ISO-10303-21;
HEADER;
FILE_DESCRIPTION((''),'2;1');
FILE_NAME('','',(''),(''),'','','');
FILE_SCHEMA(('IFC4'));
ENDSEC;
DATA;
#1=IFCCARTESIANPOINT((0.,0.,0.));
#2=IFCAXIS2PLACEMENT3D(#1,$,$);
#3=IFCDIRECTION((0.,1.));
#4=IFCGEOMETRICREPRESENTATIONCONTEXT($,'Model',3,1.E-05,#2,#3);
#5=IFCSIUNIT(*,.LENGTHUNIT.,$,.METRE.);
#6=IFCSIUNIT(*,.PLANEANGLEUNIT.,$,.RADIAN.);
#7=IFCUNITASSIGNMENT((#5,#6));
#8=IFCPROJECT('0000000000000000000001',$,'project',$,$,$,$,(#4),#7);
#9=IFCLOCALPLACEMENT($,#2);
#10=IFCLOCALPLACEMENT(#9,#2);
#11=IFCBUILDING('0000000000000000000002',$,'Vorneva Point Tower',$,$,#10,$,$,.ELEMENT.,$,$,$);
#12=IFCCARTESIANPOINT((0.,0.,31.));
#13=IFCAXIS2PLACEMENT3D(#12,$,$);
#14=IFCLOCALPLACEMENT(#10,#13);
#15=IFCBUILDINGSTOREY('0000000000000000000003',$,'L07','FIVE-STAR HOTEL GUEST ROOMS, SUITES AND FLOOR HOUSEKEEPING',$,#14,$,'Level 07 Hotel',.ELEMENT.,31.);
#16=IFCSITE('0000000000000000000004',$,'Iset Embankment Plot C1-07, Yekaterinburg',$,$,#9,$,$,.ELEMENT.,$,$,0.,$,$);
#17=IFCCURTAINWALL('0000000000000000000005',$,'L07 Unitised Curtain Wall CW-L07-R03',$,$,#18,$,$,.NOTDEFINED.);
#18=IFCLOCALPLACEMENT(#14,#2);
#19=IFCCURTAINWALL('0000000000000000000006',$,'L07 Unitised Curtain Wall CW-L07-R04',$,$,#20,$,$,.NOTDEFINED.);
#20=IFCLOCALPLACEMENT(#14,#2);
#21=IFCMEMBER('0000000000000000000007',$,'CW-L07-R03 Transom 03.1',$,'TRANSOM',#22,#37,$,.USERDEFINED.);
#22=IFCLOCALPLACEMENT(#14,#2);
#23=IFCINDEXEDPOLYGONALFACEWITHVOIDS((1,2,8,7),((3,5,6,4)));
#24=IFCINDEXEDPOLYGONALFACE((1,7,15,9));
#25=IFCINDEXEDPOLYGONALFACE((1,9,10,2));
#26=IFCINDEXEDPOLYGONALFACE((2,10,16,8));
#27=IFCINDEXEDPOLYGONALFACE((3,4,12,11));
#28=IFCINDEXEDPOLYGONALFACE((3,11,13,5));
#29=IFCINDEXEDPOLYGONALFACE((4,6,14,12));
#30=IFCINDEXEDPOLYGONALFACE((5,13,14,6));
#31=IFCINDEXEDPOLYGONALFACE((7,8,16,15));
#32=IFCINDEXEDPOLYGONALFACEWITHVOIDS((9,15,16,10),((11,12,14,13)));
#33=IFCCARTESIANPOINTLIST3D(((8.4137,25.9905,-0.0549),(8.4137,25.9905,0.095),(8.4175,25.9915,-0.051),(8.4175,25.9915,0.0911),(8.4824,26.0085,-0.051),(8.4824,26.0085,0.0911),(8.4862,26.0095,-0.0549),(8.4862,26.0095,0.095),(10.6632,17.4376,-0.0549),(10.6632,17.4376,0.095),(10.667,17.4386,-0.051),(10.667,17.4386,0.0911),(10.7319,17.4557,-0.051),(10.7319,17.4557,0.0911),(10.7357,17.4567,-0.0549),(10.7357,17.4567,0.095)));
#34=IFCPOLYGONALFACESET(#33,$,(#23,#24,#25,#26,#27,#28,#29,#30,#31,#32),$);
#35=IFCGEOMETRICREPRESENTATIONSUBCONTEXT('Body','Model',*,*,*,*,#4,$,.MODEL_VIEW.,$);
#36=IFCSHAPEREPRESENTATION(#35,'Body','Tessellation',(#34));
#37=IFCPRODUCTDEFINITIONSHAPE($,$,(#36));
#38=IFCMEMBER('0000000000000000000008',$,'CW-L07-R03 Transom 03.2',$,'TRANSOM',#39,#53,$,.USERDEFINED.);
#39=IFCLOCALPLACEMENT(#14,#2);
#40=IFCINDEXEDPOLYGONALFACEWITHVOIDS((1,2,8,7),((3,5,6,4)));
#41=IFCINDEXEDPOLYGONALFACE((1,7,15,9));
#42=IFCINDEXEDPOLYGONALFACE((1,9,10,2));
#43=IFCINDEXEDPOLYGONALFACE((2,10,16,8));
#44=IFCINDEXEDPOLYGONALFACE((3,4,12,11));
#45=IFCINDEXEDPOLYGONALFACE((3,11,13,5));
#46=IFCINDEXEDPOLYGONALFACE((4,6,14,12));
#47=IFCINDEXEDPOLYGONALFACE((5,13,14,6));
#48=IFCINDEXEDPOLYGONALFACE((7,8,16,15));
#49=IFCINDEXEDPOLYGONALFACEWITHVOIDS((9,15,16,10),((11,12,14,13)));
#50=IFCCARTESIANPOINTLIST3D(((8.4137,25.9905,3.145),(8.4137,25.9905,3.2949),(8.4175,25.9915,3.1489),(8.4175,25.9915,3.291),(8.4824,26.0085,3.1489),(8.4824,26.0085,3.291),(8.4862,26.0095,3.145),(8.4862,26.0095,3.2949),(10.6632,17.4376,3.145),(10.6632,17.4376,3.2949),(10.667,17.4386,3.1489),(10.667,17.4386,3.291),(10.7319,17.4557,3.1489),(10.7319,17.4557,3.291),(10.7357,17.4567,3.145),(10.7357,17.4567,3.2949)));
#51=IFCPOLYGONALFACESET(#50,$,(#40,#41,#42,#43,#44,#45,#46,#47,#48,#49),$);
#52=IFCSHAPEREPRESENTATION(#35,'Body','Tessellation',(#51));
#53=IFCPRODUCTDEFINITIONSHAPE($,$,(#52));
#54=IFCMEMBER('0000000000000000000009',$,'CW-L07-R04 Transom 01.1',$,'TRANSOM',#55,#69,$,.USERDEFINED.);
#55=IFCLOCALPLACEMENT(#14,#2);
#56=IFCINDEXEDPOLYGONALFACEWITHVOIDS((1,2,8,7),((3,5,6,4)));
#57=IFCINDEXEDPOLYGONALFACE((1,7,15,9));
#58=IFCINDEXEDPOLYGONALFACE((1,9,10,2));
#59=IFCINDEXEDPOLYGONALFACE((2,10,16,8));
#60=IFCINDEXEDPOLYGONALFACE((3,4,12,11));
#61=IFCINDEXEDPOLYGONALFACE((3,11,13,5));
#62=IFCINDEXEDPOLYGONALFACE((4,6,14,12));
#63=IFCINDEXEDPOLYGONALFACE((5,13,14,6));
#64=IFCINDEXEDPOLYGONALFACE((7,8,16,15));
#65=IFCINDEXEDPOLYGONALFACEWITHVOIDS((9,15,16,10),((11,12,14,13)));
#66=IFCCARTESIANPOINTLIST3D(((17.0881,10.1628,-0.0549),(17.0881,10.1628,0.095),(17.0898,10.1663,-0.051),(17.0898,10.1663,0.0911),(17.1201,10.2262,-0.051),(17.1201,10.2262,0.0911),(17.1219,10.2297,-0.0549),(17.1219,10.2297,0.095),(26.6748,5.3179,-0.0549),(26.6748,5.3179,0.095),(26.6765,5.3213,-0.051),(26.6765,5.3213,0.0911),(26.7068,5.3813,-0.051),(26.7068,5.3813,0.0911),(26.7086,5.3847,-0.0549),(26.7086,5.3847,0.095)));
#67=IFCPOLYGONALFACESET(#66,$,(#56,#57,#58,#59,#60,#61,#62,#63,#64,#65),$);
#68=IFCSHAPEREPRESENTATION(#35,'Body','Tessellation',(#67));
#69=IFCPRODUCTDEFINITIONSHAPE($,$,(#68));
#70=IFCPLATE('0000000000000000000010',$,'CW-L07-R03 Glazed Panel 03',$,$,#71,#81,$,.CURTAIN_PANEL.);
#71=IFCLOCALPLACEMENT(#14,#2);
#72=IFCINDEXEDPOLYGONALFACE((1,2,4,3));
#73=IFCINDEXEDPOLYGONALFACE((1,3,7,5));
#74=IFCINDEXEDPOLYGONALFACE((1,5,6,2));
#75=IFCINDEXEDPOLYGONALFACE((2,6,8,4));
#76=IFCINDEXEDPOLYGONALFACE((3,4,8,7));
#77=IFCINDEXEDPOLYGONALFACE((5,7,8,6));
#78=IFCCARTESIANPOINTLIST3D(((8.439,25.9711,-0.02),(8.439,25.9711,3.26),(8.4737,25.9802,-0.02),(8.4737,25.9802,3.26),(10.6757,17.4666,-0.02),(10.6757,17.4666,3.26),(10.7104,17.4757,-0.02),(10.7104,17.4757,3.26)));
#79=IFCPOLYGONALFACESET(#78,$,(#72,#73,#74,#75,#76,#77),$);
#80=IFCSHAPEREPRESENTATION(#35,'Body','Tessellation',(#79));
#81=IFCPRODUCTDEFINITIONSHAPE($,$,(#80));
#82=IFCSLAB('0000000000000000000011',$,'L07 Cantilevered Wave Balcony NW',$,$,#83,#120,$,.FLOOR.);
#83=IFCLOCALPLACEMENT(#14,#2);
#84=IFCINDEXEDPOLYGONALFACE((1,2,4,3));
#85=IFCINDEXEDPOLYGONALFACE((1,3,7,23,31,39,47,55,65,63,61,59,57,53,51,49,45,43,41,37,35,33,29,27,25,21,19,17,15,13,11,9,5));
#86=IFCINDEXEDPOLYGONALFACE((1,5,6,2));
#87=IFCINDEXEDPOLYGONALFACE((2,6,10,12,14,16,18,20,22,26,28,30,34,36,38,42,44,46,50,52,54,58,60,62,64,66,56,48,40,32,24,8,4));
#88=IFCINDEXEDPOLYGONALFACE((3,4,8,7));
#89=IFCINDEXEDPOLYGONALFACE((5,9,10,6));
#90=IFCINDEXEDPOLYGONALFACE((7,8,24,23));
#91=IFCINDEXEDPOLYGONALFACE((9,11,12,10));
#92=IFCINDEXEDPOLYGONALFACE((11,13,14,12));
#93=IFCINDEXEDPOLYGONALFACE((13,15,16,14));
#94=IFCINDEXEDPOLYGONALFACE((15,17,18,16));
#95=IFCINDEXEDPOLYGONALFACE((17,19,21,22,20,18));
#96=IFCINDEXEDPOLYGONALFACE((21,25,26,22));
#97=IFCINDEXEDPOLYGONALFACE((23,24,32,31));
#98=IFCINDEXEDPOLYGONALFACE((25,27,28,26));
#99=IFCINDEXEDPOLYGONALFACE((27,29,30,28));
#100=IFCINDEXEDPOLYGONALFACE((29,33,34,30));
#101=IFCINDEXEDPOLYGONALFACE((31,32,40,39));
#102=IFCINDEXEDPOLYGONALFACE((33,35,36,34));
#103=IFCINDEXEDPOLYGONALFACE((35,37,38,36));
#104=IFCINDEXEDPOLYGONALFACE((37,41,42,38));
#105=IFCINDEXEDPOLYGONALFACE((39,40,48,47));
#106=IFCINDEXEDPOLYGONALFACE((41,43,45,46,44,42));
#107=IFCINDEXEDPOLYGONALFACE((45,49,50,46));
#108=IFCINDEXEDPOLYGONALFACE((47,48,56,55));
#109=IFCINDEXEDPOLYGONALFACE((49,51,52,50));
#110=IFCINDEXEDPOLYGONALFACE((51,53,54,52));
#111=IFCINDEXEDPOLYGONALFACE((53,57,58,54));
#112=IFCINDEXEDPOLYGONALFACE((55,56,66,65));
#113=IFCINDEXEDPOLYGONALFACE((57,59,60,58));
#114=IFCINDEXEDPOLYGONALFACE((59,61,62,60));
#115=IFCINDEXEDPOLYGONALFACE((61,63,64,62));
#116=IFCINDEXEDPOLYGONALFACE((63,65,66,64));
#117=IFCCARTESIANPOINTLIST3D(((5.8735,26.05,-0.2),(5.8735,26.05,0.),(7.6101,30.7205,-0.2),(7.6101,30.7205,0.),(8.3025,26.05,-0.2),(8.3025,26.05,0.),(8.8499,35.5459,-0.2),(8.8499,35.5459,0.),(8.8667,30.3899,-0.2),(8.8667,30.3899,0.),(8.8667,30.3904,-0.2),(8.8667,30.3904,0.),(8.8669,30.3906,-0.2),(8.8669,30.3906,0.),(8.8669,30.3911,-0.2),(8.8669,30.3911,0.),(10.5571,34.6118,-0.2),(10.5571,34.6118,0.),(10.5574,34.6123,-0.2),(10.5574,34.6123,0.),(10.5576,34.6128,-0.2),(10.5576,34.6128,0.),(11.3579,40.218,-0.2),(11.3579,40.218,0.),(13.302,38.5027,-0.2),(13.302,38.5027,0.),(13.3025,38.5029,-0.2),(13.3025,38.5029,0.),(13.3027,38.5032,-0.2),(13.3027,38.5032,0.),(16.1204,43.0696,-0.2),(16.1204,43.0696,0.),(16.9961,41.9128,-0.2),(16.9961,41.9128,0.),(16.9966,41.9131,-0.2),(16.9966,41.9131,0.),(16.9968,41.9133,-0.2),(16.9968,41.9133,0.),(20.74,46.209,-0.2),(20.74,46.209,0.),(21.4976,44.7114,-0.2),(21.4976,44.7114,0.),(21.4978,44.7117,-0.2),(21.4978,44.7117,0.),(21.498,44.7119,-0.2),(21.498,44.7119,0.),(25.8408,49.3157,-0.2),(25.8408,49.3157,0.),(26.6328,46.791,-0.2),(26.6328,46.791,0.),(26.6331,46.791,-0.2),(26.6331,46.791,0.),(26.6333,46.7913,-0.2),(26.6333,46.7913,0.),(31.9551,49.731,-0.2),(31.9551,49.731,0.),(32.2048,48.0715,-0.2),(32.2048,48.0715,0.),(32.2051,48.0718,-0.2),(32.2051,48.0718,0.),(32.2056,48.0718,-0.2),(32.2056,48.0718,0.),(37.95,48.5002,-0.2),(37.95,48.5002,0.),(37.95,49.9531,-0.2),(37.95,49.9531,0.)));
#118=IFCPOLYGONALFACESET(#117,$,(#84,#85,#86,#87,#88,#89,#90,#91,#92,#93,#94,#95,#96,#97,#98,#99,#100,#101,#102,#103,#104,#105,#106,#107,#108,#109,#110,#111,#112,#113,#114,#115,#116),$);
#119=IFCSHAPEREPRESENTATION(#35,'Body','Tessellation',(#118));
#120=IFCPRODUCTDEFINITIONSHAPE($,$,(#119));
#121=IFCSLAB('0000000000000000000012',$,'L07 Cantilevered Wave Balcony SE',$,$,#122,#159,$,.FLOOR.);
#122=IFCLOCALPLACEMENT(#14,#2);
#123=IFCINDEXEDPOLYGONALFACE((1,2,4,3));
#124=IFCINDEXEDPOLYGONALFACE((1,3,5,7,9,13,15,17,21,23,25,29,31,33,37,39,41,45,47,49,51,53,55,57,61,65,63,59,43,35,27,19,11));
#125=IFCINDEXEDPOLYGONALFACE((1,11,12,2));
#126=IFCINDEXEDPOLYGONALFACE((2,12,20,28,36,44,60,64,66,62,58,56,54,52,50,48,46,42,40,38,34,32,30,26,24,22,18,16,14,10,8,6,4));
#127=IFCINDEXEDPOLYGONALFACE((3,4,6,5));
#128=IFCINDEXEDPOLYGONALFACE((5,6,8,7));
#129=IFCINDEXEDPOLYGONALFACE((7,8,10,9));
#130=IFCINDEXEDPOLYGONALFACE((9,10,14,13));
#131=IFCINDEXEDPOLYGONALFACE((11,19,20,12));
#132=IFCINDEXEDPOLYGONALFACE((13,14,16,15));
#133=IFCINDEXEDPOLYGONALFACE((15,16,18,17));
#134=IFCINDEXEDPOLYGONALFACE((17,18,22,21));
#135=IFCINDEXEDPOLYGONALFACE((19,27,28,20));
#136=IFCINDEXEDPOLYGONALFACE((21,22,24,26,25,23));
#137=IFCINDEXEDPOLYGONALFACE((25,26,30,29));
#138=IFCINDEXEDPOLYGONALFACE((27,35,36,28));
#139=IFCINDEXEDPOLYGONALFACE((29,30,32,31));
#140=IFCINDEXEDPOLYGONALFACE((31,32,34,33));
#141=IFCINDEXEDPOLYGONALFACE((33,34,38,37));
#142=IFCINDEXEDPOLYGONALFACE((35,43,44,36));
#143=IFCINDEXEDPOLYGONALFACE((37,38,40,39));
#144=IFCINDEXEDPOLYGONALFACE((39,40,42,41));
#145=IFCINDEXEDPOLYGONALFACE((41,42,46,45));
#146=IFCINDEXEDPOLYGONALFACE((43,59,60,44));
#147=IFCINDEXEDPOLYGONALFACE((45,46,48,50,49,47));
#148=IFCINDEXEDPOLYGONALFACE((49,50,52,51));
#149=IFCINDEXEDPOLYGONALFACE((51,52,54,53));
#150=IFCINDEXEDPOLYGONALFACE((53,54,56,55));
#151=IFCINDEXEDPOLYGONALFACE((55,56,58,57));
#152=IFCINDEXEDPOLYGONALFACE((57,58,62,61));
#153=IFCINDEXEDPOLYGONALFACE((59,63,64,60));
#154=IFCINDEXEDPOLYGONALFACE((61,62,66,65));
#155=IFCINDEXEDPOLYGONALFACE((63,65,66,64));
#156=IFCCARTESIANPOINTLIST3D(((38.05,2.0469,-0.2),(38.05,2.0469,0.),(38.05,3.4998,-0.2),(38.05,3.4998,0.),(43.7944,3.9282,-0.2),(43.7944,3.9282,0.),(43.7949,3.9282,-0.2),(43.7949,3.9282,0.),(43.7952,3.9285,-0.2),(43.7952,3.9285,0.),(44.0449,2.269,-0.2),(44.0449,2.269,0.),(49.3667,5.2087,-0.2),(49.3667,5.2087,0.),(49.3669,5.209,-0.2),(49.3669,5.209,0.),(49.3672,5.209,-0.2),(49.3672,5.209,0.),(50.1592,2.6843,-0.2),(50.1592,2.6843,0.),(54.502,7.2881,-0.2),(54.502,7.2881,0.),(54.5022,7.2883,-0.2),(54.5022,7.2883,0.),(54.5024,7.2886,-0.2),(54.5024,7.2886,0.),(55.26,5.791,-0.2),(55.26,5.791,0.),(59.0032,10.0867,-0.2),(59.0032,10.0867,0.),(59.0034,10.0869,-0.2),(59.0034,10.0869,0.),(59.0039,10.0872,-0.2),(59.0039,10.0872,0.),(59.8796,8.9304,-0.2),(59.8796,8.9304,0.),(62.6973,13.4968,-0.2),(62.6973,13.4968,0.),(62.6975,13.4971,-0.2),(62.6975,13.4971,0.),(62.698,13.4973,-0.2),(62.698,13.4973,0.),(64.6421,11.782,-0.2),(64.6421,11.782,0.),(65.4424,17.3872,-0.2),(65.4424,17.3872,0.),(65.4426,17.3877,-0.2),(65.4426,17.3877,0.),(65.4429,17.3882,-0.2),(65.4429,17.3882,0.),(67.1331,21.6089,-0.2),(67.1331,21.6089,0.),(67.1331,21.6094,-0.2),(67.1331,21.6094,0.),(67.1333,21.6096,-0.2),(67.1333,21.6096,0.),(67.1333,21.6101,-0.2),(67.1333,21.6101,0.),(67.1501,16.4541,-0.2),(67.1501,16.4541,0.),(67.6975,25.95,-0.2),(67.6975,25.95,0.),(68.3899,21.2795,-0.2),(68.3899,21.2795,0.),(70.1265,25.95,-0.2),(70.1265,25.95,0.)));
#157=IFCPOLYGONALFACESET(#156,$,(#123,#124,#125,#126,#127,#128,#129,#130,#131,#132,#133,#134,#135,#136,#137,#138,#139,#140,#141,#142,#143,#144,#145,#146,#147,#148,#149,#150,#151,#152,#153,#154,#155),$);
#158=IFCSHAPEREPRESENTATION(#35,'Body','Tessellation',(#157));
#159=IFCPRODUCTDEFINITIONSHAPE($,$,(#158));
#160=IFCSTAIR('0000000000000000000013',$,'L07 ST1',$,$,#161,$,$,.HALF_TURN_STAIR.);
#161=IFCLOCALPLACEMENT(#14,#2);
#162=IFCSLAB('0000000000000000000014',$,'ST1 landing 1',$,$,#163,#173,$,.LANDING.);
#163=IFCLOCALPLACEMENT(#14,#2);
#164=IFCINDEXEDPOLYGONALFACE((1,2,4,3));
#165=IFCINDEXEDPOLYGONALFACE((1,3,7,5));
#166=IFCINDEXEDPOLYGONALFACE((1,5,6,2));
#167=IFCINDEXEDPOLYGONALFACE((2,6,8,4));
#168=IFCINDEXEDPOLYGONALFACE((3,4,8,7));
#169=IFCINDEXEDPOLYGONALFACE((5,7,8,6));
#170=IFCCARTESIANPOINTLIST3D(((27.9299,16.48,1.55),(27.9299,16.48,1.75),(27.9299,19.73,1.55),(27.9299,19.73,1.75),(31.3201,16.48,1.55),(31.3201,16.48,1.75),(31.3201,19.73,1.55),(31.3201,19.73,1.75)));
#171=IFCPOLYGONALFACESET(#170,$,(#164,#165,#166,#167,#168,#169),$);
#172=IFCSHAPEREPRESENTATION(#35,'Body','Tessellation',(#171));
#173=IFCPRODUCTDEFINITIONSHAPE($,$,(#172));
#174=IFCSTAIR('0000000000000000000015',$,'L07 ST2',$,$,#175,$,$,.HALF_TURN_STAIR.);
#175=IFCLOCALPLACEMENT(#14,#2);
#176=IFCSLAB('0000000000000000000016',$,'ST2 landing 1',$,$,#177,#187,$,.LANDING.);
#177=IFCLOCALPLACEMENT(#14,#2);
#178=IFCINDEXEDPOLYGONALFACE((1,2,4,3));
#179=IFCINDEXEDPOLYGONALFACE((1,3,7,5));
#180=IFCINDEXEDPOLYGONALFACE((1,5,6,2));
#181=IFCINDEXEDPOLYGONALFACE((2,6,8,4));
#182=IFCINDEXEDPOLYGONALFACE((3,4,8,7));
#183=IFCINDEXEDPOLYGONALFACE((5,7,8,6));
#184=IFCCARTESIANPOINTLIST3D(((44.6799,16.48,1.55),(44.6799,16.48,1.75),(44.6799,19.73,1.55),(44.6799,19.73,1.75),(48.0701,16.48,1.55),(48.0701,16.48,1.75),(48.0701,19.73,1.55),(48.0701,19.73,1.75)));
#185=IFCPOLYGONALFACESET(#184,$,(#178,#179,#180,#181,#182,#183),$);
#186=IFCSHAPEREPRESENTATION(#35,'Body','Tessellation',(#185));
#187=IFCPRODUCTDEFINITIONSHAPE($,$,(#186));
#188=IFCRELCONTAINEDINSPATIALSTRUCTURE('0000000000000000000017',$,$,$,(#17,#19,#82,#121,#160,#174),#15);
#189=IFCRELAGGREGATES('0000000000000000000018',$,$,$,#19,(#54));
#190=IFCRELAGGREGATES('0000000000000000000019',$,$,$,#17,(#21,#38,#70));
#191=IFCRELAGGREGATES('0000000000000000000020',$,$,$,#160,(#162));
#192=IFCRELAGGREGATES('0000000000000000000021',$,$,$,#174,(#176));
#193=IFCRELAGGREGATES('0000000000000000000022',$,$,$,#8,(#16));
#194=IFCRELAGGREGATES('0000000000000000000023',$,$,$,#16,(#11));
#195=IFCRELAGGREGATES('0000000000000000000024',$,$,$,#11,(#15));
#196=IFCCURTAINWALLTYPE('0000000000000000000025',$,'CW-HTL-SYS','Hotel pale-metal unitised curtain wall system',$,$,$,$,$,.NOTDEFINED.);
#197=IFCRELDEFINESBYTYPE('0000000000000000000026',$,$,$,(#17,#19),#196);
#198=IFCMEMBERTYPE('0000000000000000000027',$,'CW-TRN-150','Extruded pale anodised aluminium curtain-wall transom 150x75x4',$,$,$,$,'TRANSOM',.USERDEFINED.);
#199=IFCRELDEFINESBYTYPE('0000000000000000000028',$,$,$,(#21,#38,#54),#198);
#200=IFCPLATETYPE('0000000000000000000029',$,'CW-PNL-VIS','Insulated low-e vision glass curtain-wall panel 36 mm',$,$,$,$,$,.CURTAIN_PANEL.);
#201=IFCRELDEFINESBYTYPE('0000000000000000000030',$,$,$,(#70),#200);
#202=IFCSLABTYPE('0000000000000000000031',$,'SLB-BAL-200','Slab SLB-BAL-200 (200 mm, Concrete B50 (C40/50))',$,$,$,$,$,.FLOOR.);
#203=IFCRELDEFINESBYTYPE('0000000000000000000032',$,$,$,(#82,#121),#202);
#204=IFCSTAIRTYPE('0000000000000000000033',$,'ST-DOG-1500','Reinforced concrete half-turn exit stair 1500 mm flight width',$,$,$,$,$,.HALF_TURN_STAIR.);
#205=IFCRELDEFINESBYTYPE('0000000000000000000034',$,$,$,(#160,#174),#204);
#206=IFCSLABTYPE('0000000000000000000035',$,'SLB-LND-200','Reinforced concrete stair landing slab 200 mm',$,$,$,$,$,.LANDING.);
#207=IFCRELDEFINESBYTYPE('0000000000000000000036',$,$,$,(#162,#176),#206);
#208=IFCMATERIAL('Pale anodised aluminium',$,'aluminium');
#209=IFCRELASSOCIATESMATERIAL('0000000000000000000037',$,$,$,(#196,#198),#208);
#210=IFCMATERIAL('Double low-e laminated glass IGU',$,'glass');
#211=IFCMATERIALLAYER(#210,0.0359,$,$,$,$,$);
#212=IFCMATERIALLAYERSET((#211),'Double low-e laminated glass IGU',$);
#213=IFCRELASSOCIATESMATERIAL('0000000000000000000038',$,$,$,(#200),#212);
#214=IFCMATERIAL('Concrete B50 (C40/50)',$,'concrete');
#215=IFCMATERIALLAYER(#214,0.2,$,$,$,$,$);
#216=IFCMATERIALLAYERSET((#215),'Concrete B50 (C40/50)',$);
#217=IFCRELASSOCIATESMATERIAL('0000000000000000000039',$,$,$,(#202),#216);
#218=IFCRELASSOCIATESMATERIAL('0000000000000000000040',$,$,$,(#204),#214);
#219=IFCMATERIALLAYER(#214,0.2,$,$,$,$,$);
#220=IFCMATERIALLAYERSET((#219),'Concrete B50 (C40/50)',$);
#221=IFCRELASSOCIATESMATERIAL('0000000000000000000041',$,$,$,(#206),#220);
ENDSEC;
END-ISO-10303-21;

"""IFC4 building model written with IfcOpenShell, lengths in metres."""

from ifc_helpers import new_model, si_unit, direction, frame, origin, origin_2d, place, context, subcontext, project, spatial, polyline, rectangle, hollow_rectangle, outline, extrude, material, layer, layer_set, material_profile, profile_set, type_object, element, aggregate, save


model = new_model("IFC4")

# Units and contexts
model_context = context("Model", 3, precision=1e-05, world=origin(), true_north=direction((0.0, 1.0)))
body_context = subcontext(model_context, "Body", "Model", "MODEL_VIEW")
ifc_project = project(units=[si_unit("LENGTHUNIT", "METRE"), si_unit("PLANEANGLEUNIT", "RADIAN")], contexts=[model_context])

# Site, building, storey
site_placement = place(None, origin())
site = spatial("IfcSite", under=ifc_project, at=site_placement, Name="Iset Embankment Plot C1-07, Yekaterinburg", CompositionType="ELEMENT", RefElevation=0.0)
building_placement = place(site_placement, origin())
building = spatial("IfcBuilding", under=site, at=building_placement, Name="Vorneva Point Tower", CompositionType="ELEMENT")
storey_placement = place(building_placement, frame((0.0, 0.0, 31.0)))
storey = spatial("IfcBuildingStorey", under=building, at=storey_placement, Name="L07", Description="FIVE-STAR HOTEL GUEST ROOMS, SUITES AND FLOOR HOUSEKEEPING", LongName="Level 07 Hotel", CompositionType="ELEMENT", Elevation=31.0)

# Curtain wall
ifc_material_1 = material(Name="Pale anodised aluminium", Category="aluminium")
curtain_wall_type = type_object("IfcCurtainWallType", Name="CW-HTL-SYS", Description="Hotel pale-metal unitised curtain wall system", PredefinedType="NOTDEFINED", material=ifc_material_1)
curtain_wall_1_placement = place(storey_placement, origin())
curtain_wall_1 = element("IfcCurtainWall", 1, at=curtain_wall_1_placement, inside=storey, type_object=curtain_wall_type, Name="L07 Unitised Curtain Wall CW-L07-R03", PredefinedType="NOTDEFINED")

# Curtain wall
curtain_wall_2_placement = place(storey_placement, origin())
curtain_wall_2 = element("IfcCurtainWall", 2, at=curtain_wall_2_placement, inside=storey, type_object=curtain_wall_type, Name="L07 Unitised Curtain Wall CW-L07-R04", PredefinedType="NOTDEFINED")

# Members
ifc_material_profile_1 = material_profile(ifc_material_1, hollow_rectangle(XDim=0.075, YDim=0.1499, WallThickness=0.0039, at=origin_2d()), Name="AL-TRN 150x75x4")
ifc_profile_set_1 = profile_set([ifc_material_profile_1], Name="Pale anodised aluminium")
member_type_1 = type_object("IfcMemberType", Name="CW-TRN-150", Description="Extruded pale anodised aluminium curtain-wall transom 150x75x4", ElementType="TRANSOM", PredefinedType="USERDEFINED", material=ifc_profile_set_1)
member_1_placement = place(storey_placement, frame((8.45, 26.0, 0.02), z_axis=(0.254359, -0.96711, 0.0), x_axis=(0.96711, 0.254359, 0.0)))
member_1 = element("IfcMember", 3, at=member_1_placement, type_object=member_type_1, Name="CW-L07-R03 Transom 03.1", ObjectType="TRANSOM", PredefinedType="USERDEFINED", context=body_context, shape_type="SweptSolid", body=[
    extrude(hollow_rectangle(XDim=0.075, YDim=0.1499, WallThickness=0.0039, at=origin_2d()), origin(), (0.0, 0.0, 1.0), 8.8438),
])
member_2_placement = place(storey_placement, frame((8.45, 26.0, 3.22), z_axis=(0.254359, -0.96711, 0.0), x_axis=(0.96711, 0.254359, 0.0)))
member_2 = element("IfcMember", 4, at=member_2_placement, type_object=member_type_1, Name="CW-L07-R03 Transom 03.2", ObjectType="TRANSOM", PredefinedType="USERDEFINED", context=body_context, shape_type="SweptSolid", body=[
    extrude(hollow_rectangle(XDim=0.075, YDim=0.1499, WallThickness=0.0039, at=origin_2d()), origin(), (0.0, 0.0, 1.0), 8.8438),
])
member_3_placement = place(storey_placement, frame((17.105, 10.1963, 0.02), z_axis=(0.892496, -0.451055, 0.0), x_axis=(0.451055, 0.892496, 0.0)))
member_3 = element("IfcMember", 5, at=member_3_placement, type_object=member_type_1, Name="CW-L07-R04 Transom 01.1", ObjectType="TRANSOM", PredefinedType="USERDEFINED", context=body_context, shape_type="SweptSolid", body=[
    extrude(hollow_rectangle(XDim=0.075, YDim=0.1499, WallThickness=0.0039, at=origin_2d()), origin(), (0.0, 0.0, 1.0), 10.7415),
])
aggregate(curtain_wall_2, [member_3])

# Plate
ifc_material_2 = material(Name="Double low-e laminated glass IGU", Category="glass")
ifc_layer_1 = layer(ifc_material_2, 0.0359)
ifc_layer_set_1 = layer_set([ifc_layer_1], Name="Double low-e laminated glass IGU")
plate_type = type_object("IfcPlateType", Name="CW-PNL-VIS", Description="Insulated low-e vision glass curtain-wall panel 36 mm", PredefinedType="CURTAIN_PANEL", material=ifc_layer_set_1)
plate_placement = place(storey_placement, frame((9.5747, 21.7234, -0.02), z_axis=(0.0, 0.0, 1.0), x_axis=(0.254349, -0.967113, 0.0)))
plate = element("IfcPlate", 6, at=plate_placement, type_object=plate_type, Name="CW-L07-R03 Glazed Panel 03", PredefinedType="CURTAIN_PANEL", context=body_context, shape_type="SweptSolid", body=[
    extrude(rectangle(XDim=8.7937, YDim=0.0359, at=origin_2d()), origin(), (0.0, 0.0, 1.0), 3.28),
])
aggregate(curtain_wall_1, [member_1, member_2, plate])

# Slabs
ifc_material_3 = material(Name="Concrete B50 (C40/50)", Category="concrete")
ifc_layer_2 = layer(ifc_material_3, 0.2)
ifc_layer_set_2 = layer_set([ifc_layer_2], Name="Concrete B50 (C40/50)")
slab_type_1 = type_object("IfcSlabType", Name="SLB-BAL-200", Description="Slab SLB-BAL-200 (200 mm, Concrete B50 (C40/50))", PredefinedType="FLOOR", material=ifc_layer_set_2)
slab_1_placement = place(storey_placement, frame((0.0, 0.0, -0.2)))
element("IfcSlab", 7, at=slab_1_placement, inside=storey, type_object=slab_type_1, Name="L07 Cantilevered Wave Balcony NW", PredefinedType="FLOOR", context=body_context, shape_type="SweptSolid", body=[
    extrude(outline(polyline([(5.8735, 26.05), (8.3025, 26.05), (8.8667, 30.3899), (8.8667, 30.3904), (8.8669, 30.3906), (8.8669, 30.3911), (10.5571, 34.6118), (10.5574, 34.6123), (10.5576, 34.6128), (13.302, 38.5027), (13.3025, 38.5029), (13.3027, 38.5032), (16.9961, 41.9128), (16.9966, 41.9131), (16.9968, 41.9133), (21.4976, 44.7114), (21.4978, 44.7117), (21.498, 44.7119), (26.6328, 46.791), (26.6331, 46.791), (26.6333, 46.7913), (32.2048, 48.0715), (32.2051, 48.0718), (32.2056, 48.0718), (37.95, 48.5002), (37.95, 49.9531), (31.9551, 49.731), (25.8408, 49.3157), (20.74, 46.209), (16.1204, 43.0696), (11.3579, 40.218), (8.8499, 35.5459), (7.6101, 30.7205), (5.8735, 26.05)])), origin(), (0.0, 0.0, 1.0), 0.2),
])
slab_2_placement = place(storey_placement, frame((0.0, 0.0, -0.2)))
element("IfcSlab", 8, at=slab_2_placement, inside=storey, type_object=slab_type_1, Name="L07 Cantilevered Wave Balcony SE", PredefinedType="FLOOR", context=body_context, shape_type="SweptSolid", body=[
    extrude(outline(polyline([(68.3899, 21.2795), (70.1265, 25.95), (67.6975, 25.95), (67.1333, 21.6101), (67.1333, 21.6096), (67.1331, 21.6094), (67.1331, 21.6089), (65.4429, 17.3882), (65.4426, 17.3877), (65.4424, 17.3872), (62.698, 13.4973), (62.6975, 13.4971), (62.6973, 13.4968), (59.0039, 10.0872), (59.0034, 10.0869), (59.0032, 10.0867), (54.5024, 7.2886), (54.5022, 7.2883), (54.502, 7.2881), (49.3672, 5.209), (49.3669, 5.209), (49.3667, 5.2087), (43.7952, 3.9285), (43.7949, 3.9282), (43.7944, 3.9282), (38.05, 3.4998), (38.05, 2.0469), (44.0449, 2.269), (50.1592, 2.6843), (55.26, 5.791), (59.8796, 8.9304), (64.6421, 11.782), (67.1501, 16.4541), (68.3899, 21.2795)])), origin(), (0.0, 0.0, 1.0), 0.2),
])

# Stairs, slabs
stair_type = type_object("IfcStairType", Name="ST-DOG-1500", Description="Reinforced concrete half-turn exit stair 1500 mm flight width", PredefinedType="HALF_TURN_STAIR", material=ifc_material_3)
stair_1_placement = place(storey_placement, origin())
stair_1 = element("IfcStair", 9, at=stair_1_placement, inside=storey, type_object=stair_type, Name="L07 ST1", PredefinedType="HALF_TURN_STAIR")
ifc_layer_3 = layer(ifc_material_3, 0.2)
ifc_layer_set_3 = layer_set([ifc_layer_3], Name="Concrete B50 (C40/50)")
slab_type_2 = type_object("IfcSlabType", Name="SLB-LND-200", Description="Reinforced concrete stair landing slab 200 mm", PredefinedType="LANDING", material=ifc_layer_set_3)
slab_3_placement = place(storey_placement, frame((0.0, 0.0, 1.55)))
slab_3 = element("IfcSlab", 10, at=slab_3_placement, type_object=slab_type_2, Name="ST1 landing 1", PredefinedType="LANDING", context=body_context, shape_type="SweptSolid", body=[
    extrude(outline(polyline([(27.9299, 16.48), (31.3201, 16.48), (31.3201, 19.73), (27.9299, 19.73), (27.9299, 16.48)])), origin(), (0.0, 0.0, 1.0), 0.2),
])
aggregate(stair_1, [slab_3])
stair_2_placement = place(storey_placement, origin())
stair_2 = element("IfcStair", 11, at=stair_2_placement, inside=storey, type_object=stair_type, Name="L07 ST2", PredefinedType="HALF_TURN_STAIR")
slab_4_placement = place(storey_placement, frame((0.0, 0.0, 1.55)))
slab_4 = element("IfcSlab", 12, at=slab_4_placement, type_object=slab_type_2, Name="ST2 landing 1", PredefinedType="LANDING", context=body_context, shape_type="SweptSolid", body=[
    extrude(outline(polyline([(44.6799, 16.48), (48.0701, 16.48), (48.0701, 19.73), (44.6799, 19.73), (44.6799, 16.48)])), origin(), (0.0, 0.0, 1.0), 0.2),
])
aggregate(stair_2, [slab_4])

save(model, "model.ifc")
